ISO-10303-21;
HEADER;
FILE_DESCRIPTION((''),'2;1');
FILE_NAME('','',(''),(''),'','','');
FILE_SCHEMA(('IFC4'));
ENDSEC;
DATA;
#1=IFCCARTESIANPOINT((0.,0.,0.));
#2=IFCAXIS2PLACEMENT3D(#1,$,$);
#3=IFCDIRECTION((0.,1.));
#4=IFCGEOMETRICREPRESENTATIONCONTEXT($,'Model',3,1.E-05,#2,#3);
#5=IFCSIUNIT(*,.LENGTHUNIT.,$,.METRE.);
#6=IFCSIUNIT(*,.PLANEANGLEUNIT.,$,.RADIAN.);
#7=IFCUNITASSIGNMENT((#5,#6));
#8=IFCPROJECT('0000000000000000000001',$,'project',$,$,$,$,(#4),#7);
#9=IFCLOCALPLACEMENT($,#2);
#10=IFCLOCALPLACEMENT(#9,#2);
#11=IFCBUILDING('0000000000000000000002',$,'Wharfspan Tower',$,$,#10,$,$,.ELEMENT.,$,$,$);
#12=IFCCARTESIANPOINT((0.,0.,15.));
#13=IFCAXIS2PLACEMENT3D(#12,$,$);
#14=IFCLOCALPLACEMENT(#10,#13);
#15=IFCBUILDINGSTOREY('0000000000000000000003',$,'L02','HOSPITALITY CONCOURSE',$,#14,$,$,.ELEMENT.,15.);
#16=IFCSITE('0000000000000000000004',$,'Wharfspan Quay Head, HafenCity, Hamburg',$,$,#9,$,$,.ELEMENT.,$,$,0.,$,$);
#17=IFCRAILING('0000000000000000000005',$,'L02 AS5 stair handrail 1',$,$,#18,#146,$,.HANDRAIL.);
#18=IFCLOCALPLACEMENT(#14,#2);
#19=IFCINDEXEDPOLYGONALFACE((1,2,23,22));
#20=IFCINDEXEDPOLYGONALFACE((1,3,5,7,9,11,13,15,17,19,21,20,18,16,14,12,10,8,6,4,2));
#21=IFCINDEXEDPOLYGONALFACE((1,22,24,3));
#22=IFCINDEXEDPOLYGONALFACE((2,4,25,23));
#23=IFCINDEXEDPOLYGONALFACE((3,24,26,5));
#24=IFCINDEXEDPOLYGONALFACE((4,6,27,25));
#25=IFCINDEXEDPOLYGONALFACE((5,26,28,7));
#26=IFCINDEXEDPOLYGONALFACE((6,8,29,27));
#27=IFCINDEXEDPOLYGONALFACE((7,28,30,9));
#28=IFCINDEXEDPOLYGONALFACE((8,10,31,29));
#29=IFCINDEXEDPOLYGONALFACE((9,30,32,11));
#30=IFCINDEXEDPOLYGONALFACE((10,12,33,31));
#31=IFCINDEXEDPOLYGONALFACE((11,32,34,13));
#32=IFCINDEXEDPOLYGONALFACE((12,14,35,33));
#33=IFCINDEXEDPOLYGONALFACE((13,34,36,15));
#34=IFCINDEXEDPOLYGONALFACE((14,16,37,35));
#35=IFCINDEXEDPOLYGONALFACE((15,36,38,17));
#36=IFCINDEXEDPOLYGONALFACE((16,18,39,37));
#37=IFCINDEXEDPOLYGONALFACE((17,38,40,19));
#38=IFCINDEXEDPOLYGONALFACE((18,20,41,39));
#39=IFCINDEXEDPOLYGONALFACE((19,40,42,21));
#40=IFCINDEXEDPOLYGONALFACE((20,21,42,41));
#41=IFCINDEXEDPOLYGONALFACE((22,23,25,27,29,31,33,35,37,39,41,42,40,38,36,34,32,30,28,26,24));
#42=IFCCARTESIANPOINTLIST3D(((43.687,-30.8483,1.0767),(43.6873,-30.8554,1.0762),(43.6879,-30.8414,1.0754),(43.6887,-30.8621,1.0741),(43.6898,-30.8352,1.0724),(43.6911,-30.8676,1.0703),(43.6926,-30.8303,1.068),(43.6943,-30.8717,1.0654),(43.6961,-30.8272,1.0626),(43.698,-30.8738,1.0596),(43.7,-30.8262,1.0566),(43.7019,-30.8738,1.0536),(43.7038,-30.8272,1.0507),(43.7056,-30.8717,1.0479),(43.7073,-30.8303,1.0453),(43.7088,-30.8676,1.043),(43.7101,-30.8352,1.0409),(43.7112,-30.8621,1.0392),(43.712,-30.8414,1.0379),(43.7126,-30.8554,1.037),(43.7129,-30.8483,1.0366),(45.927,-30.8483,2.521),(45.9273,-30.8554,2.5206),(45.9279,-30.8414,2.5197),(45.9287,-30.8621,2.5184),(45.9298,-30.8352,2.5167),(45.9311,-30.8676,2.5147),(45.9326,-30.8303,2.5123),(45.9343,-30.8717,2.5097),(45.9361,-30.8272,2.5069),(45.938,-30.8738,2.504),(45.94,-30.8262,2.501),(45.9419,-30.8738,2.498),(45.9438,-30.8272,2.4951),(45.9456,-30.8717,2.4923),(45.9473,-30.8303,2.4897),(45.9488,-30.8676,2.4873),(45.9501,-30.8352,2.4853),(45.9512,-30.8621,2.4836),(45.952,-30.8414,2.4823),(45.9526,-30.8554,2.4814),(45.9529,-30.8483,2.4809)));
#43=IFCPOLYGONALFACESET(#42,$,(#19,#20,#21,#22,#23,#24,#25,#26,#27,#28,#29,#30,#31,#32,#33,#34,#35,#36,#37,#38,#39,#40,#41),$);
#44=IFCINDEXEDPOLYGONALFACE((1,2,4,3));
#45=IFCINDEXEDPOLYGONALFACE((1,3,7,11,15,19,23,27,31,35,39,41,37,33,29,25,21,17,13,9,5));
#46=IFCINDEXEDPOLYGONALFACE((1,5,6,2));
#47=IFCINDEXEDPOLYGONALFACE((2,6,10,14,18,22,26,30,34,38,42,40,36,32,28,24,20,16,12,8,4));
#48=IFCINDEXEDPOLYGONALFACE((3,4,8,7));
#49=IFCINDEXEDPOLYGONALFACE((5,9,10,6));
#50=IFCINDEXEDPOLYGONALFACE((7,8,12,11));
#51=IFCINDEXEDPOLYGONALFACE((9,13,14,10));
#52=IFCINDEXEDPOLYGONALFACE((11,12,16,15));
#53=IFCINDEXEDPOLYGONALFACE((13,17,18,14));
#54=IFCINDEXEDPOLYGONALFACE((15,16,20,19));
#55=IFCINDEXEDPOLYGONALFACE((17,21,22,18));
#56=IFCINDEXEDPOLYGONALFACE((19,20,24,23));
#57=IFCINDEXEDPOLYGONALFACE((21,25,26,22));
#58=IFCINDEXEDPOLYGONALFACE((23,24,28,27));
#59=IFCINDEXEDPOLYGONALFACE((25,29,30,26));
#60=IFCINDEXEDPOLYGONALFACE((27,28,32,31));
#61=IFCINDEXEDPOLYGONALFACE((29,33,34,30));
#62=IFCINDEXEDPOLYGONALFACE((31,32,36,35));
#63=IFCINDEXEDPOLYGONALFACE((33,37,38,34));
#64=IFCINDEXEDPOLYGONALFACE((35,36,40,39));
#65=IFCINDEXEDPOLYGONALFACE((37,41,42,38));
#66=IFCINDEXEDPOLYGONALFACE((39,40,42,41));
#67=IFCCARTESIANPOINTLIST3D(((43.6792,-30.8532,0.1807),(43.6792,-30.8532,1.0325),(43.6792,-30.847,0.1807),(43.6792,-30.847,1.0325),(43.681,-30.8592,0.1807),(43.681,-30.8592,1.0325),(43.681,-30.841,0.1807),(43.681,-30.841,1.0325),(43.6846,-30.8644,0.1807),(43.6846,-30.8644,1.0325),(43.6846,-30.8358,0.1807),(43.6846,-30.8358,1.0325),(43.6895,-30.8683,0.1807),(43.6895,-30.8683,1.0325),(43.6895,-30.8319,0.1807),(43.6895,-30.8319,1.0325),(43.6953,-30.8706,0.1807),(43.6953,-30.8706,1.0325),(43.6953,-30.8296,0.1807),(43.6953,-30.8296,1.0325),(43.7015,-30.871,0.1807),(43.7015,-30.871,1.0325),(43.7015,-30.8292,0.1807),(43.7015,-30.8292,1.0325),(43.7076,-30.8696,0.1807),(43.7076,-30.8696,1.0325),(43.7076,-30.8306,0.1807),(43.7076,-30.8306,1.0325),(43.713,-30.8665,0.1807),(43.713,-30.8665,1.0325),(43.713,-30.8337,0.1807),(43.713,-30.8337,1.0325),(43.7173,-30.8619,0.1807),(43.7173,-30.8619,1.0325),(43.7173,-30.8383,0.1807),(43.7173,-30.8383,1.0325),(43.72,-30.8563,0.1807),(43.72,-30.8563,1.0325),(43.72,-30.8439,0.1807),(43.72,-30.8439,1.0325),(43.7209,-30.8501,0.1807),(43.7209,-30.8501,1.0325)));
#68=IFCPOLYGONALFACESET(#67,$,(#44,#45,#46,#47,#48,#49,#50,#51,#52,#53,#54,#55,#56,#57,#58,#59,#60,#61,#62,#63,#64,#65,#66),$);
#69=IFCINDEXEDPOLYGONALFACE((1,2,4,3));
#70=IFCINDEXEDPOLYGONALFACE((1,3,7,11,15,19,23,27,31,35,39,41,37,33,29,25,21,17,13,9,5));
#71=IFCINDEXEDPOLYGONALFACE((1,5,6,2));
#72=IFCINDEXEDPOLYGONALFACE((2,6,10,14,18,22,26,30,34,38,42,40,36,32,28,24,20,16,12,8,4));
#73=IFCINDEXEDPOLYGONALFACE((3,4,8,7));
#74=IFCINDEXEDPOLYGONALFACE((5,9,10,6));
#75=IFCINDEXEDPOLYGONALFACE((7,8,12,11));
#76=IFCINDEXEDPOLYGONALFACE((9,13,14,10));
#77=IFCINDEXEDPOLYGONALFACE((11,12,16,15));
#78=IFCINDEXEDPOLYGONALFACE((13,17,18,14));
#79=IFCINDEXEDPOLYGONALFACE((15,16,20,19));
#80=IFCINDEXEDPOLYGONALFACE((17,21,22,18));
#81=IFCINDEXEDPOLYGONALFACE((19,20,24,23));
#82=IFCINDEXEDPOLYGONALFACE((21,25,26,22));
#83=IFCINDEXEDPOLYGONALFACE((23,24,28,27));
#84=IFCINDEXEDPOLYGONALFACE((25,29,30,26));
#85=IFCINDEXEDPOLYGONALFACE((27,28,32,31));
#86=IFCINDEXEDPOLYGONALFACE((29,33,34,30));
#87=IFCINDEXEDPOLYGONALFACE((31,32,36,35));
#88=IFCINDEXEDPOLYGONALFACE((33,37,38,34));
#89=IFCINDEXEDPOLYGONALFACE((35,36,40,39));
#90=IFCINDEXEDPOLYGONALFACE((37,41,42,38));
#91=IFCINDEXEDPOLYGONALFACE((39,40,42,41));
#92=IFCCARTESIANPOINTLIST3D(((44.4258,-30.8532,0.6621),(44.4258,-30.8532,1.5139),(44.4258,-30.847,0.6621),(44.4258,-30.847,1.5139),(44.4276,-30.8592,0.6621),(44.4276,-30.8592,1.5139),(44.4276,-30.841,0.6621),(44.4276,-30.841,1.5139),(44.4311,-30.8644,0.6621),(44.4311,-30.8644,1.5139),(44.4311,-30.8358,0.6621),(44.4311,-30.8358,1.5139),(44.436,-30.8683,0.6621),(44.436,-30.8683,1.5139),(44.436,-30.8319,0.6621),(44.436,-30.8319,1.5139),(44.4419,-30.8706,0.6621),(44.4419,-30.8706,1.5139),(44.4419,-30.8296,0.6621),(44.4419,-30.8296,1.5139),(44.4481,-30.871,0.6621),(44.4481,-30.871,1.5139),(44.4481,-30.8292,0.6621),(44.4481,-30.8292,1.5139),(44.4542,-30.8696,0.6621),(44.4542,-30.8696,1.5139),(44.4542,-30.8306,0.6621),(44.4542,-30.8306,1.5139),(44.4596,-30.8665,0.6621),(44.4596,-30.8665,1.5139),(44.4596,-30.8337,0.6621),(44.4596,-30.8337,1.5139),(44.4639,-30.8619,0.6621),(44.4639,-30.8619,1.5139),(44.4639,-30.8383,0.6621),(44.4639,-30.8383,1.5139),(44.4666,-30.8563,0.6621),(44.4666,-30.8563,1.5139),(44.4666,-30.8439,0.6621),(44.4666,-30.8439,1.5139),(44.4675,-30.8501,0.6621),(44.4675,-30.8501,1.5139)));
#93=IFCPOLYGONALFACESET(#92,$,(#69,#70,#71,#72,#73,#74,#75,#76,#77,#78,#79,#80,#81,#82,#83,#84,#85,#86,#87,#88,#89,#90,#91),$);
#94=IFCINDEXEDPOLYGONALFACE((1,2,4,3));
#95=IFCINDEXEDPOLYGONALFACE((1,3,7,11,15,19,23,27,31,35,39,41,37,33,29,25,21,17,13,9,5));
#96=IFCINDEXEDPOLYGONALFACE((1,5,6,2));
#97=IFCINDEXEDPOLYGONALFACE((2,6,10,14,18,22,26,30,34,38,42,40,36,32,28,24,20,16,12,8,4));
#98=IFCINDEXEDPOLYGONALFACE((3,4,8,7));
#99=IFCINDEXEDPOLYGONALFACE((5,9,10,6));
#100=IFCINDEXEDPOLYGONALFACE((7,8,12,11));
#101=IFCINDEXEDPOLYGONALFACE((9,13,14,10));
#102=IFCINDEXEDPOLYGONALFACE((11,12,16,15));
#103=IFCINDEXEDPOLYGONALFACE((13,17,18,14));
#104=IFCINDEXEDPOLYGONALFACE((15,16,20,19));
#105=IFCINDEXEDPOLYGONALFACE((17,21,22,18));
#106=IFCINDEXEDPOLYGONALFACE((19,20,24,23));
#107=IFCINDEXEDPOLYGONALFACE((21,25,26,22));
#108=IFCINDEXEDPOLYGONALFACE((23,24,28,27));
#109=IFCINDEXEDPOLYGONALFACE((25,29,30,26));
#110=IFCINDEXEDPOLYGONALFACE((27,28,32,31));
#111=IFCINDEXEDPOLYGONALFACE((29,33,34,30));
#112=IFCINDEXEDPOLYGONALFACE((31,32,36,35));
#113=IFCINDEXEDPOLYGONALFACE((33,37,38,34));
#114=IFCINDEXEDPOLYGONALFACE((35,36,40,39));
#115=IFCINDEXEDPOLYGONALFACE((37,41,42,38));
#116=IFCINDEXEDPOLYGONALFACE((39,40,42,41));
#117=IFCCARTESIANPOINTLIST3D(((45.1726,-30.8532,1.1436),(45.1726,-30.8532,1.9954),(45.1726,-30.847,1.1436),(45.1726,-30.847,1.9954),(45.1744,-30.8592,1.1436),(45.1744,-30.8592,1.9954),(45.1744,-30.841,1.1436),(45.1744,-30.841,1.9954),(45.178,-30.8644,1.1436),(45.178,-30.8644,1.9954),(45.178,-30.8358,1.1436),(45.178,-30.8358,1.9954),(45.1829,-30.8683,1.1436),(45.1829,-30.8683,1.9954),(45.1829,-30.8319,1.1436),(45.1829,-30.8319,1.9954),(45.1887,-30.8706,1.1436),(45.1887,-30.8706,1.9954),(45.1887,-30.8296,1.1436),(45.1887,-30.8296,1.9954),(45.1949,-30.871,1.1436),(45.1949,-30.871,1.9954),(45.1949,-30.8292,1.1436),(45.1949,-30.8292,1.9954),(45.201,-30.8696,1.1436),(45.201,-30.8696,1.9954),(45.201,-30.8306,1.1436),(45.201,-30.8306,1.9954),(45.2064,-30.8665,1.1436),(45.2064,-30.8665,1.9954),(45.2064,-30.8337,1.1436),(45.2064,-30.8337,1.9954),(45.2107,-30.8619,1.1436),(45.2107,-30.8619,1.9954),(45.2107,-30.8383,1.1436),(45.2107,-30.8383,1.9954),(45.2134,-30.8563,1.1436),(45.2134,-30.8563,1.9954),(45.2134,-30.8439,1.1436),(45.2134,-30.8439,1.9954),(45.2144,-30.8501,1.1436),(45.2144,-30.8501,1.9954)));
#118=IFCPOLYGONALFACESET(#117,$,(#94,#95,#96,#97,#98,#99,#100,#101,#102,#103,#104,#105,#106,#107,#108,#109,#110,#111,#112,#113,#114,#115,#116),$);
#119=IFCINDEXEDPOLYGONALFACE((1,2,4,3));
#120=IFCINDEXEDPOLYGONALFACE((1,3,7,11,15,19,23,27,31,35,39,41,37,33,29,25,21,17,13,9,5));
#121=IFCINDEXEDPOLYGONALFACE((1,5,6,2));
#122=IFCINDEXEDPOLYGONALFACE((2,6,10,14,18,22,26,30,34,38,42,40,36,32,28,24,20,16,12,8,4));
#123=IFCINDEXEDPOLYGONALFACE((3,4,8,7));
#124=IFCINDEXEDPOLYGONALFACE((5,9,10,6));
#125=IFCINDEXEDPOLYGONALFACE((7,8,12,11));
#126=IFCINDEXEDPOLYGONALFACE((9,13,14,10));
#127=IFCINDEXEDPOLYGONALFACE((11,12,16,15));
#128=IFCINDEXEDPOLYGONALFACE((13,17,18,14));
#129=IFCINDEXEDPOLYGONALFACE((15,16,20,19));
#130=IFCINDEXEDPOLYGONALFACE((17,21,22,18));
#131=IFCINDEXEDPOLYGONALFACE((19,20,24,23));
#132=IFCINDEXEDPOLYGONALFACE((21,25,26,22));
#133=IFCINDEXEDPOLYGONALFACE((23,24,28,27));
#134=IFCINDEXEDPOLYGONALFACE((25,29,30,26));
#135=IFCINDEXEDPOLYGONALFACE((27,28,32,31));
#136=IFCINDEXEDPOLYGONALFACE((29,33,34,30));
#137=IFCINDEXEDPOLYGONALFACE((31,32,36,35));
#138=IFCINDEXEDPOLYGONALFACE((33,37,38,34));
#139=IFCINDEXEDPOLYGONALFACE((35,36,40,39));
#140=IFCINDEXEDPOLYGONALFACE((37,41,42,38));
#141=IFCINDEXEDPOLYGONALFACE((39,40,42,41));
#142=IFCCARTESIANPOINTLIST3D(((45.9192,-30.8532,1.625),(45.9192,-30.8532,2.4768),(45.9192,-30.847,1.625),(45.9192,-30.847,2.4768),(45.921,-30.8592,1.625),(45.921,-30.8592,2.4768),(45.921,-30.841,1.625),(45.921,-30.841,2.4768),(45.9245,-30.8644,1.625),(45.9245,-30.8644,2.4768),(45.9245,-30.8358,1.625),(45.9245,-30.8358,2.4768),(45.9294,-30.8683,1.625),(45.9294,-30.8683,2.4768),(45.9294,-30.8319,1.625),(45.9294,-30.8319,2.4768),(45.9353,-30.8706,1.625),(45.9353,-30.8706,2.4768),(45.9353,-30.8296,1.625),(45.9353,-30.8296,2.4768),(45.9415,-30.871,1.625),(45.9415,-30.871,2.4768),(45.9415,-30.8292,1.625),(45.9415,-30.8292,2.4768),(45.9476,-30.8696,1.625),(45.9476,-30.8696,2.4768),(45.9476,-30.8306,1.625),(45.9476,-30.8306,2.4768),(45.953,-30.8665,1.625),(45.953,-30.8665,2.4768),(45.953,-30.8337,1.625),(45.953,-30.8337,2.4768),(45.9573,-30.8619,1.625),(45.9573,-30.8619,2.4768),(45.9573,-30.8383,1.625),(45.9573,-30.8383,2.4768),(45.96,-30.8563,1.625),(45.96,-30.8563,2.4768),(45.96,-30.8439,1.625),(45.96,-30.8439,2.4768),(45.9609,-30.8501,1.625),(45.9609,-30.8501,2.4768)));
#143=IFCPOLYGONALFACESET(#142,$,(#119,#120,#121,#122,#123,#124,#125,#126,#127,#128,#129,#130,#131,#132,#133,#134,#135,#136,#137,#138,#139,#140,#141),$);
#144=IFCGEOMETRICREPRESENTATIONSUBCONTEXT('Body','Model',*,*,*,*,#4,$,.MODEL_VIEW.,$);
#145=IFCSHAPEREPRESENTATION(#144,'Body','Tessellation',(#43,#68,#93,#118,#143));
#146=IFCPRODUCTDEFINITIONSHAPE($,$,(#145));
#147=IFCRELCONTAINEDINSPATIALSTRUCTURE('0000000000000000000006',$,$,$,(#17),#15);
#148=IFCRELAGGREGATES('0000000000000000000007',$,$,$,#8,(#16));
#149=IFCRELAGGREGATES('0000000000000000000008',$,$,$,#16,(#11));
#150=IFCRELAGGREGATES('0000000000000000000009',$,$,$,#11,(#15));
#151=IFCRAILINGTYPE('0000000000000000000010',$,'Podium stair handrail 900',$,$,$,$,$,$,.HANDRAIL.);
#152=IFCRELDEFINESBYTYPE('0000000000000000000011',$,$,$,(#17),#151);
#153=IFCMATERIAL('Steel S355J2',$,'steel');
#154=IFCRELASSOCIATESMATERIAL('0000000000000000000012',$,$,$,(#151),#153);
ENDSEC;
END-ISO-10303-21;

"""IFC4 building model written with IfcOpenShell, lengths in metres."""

from ifc_helpers import new_model, si_unit, direction, frame, origin, origin_2d, place, context, subcontext, project, spatial, circle, extrude, material, type_object, element, save


model = new_model("IFC4")

# Units and contexts
model_context = context("Model", 3, precision=1e-05, world=origin(), true_north=direction((0.0, 1.0)))
body_context = subcontext(model_context, "Body", "Model", "MODEL_VIEW")
ifc_project = project(units=[si_unit("LENGTHUNIT", "METRE"), si_unit("PLANEANGLEUNIT", "RADIAN")], contexts=[model_context])

# Site, building, storey
site_placement = place(None, origin())
site = spatial("IfcSite", under=ifc_project, at=site_placement, Name="Wharfspan Quay Head, HafenCity, Hamburg", CompositionType="ELEMENT", RefElevation=0.0)
building_placement = place(site_placement, origin())
building = spatial("IfcBuilding", under=site, at=building_placement, Name="Wharfspan Tower", CompositionType="ELEMENT")
storey_placement = place(building_placement, frame((0.0, 0.0, 15.0)))
storey = spatial("IfcBuildingStorey", under=building, at=storey_placement, Name="L02", Description="HOSPITALITY CONCOURSE", CompositionType="ELEMENT", Elevation=15.0)

# Railing
ifc_material_1 = material(Name="Steel S355J2", Category="steel")
railing_type_1 = type_object("IfcRailingType", Name="Podium stair handrail 900", PredefinedType="HANDRAIL", material=ifc_material_1)
railing_1_placement = place(storey_placement, frame((43.7, -30.8501, 0.1807)))
element("IfcRailing", 1, at=railing_1_placement, inside=storey, type_object=railing_type_1, Name="L02 AS5 stair handrail 1", PredefinedType="HANDRAIL", context=body_context, shape_type="SweptSolid", body=[
    extrude(circle(Radius=0.0239, at=origin_2d()), frame((0.0, 0.0, 0.876), z_axis=(0.840437, 0.0, 0.54191), x_axis=(0.0, 1.0, 0.0)), (0.0, 0.0, 1.0), 2.6653),
    extrude(circle(Radius=0.021, at=origin_2d()), origin(), (0.0, 0.0, 1.0), 0.8518),
    extrude(circle(Radius=0.021, at=origin_2d()), frame((0.7466, 0.0, 0.4814)), (0.0, 0.0, 1.0), 0.8518),
    extrude(circle(Radius=0.021, at=origin_2d()), frame((1.4934, 0.0, 0.9629)), (0.0, 0.0, 1.0), 0.8518),
    extrude(circle(Radius=0.021, at=origin_2d()), frame((2.24, 0.0, 1.4443)), (0.0, 0.0, 1.0), 0.8518),
])

save(model, "model.ifc")
